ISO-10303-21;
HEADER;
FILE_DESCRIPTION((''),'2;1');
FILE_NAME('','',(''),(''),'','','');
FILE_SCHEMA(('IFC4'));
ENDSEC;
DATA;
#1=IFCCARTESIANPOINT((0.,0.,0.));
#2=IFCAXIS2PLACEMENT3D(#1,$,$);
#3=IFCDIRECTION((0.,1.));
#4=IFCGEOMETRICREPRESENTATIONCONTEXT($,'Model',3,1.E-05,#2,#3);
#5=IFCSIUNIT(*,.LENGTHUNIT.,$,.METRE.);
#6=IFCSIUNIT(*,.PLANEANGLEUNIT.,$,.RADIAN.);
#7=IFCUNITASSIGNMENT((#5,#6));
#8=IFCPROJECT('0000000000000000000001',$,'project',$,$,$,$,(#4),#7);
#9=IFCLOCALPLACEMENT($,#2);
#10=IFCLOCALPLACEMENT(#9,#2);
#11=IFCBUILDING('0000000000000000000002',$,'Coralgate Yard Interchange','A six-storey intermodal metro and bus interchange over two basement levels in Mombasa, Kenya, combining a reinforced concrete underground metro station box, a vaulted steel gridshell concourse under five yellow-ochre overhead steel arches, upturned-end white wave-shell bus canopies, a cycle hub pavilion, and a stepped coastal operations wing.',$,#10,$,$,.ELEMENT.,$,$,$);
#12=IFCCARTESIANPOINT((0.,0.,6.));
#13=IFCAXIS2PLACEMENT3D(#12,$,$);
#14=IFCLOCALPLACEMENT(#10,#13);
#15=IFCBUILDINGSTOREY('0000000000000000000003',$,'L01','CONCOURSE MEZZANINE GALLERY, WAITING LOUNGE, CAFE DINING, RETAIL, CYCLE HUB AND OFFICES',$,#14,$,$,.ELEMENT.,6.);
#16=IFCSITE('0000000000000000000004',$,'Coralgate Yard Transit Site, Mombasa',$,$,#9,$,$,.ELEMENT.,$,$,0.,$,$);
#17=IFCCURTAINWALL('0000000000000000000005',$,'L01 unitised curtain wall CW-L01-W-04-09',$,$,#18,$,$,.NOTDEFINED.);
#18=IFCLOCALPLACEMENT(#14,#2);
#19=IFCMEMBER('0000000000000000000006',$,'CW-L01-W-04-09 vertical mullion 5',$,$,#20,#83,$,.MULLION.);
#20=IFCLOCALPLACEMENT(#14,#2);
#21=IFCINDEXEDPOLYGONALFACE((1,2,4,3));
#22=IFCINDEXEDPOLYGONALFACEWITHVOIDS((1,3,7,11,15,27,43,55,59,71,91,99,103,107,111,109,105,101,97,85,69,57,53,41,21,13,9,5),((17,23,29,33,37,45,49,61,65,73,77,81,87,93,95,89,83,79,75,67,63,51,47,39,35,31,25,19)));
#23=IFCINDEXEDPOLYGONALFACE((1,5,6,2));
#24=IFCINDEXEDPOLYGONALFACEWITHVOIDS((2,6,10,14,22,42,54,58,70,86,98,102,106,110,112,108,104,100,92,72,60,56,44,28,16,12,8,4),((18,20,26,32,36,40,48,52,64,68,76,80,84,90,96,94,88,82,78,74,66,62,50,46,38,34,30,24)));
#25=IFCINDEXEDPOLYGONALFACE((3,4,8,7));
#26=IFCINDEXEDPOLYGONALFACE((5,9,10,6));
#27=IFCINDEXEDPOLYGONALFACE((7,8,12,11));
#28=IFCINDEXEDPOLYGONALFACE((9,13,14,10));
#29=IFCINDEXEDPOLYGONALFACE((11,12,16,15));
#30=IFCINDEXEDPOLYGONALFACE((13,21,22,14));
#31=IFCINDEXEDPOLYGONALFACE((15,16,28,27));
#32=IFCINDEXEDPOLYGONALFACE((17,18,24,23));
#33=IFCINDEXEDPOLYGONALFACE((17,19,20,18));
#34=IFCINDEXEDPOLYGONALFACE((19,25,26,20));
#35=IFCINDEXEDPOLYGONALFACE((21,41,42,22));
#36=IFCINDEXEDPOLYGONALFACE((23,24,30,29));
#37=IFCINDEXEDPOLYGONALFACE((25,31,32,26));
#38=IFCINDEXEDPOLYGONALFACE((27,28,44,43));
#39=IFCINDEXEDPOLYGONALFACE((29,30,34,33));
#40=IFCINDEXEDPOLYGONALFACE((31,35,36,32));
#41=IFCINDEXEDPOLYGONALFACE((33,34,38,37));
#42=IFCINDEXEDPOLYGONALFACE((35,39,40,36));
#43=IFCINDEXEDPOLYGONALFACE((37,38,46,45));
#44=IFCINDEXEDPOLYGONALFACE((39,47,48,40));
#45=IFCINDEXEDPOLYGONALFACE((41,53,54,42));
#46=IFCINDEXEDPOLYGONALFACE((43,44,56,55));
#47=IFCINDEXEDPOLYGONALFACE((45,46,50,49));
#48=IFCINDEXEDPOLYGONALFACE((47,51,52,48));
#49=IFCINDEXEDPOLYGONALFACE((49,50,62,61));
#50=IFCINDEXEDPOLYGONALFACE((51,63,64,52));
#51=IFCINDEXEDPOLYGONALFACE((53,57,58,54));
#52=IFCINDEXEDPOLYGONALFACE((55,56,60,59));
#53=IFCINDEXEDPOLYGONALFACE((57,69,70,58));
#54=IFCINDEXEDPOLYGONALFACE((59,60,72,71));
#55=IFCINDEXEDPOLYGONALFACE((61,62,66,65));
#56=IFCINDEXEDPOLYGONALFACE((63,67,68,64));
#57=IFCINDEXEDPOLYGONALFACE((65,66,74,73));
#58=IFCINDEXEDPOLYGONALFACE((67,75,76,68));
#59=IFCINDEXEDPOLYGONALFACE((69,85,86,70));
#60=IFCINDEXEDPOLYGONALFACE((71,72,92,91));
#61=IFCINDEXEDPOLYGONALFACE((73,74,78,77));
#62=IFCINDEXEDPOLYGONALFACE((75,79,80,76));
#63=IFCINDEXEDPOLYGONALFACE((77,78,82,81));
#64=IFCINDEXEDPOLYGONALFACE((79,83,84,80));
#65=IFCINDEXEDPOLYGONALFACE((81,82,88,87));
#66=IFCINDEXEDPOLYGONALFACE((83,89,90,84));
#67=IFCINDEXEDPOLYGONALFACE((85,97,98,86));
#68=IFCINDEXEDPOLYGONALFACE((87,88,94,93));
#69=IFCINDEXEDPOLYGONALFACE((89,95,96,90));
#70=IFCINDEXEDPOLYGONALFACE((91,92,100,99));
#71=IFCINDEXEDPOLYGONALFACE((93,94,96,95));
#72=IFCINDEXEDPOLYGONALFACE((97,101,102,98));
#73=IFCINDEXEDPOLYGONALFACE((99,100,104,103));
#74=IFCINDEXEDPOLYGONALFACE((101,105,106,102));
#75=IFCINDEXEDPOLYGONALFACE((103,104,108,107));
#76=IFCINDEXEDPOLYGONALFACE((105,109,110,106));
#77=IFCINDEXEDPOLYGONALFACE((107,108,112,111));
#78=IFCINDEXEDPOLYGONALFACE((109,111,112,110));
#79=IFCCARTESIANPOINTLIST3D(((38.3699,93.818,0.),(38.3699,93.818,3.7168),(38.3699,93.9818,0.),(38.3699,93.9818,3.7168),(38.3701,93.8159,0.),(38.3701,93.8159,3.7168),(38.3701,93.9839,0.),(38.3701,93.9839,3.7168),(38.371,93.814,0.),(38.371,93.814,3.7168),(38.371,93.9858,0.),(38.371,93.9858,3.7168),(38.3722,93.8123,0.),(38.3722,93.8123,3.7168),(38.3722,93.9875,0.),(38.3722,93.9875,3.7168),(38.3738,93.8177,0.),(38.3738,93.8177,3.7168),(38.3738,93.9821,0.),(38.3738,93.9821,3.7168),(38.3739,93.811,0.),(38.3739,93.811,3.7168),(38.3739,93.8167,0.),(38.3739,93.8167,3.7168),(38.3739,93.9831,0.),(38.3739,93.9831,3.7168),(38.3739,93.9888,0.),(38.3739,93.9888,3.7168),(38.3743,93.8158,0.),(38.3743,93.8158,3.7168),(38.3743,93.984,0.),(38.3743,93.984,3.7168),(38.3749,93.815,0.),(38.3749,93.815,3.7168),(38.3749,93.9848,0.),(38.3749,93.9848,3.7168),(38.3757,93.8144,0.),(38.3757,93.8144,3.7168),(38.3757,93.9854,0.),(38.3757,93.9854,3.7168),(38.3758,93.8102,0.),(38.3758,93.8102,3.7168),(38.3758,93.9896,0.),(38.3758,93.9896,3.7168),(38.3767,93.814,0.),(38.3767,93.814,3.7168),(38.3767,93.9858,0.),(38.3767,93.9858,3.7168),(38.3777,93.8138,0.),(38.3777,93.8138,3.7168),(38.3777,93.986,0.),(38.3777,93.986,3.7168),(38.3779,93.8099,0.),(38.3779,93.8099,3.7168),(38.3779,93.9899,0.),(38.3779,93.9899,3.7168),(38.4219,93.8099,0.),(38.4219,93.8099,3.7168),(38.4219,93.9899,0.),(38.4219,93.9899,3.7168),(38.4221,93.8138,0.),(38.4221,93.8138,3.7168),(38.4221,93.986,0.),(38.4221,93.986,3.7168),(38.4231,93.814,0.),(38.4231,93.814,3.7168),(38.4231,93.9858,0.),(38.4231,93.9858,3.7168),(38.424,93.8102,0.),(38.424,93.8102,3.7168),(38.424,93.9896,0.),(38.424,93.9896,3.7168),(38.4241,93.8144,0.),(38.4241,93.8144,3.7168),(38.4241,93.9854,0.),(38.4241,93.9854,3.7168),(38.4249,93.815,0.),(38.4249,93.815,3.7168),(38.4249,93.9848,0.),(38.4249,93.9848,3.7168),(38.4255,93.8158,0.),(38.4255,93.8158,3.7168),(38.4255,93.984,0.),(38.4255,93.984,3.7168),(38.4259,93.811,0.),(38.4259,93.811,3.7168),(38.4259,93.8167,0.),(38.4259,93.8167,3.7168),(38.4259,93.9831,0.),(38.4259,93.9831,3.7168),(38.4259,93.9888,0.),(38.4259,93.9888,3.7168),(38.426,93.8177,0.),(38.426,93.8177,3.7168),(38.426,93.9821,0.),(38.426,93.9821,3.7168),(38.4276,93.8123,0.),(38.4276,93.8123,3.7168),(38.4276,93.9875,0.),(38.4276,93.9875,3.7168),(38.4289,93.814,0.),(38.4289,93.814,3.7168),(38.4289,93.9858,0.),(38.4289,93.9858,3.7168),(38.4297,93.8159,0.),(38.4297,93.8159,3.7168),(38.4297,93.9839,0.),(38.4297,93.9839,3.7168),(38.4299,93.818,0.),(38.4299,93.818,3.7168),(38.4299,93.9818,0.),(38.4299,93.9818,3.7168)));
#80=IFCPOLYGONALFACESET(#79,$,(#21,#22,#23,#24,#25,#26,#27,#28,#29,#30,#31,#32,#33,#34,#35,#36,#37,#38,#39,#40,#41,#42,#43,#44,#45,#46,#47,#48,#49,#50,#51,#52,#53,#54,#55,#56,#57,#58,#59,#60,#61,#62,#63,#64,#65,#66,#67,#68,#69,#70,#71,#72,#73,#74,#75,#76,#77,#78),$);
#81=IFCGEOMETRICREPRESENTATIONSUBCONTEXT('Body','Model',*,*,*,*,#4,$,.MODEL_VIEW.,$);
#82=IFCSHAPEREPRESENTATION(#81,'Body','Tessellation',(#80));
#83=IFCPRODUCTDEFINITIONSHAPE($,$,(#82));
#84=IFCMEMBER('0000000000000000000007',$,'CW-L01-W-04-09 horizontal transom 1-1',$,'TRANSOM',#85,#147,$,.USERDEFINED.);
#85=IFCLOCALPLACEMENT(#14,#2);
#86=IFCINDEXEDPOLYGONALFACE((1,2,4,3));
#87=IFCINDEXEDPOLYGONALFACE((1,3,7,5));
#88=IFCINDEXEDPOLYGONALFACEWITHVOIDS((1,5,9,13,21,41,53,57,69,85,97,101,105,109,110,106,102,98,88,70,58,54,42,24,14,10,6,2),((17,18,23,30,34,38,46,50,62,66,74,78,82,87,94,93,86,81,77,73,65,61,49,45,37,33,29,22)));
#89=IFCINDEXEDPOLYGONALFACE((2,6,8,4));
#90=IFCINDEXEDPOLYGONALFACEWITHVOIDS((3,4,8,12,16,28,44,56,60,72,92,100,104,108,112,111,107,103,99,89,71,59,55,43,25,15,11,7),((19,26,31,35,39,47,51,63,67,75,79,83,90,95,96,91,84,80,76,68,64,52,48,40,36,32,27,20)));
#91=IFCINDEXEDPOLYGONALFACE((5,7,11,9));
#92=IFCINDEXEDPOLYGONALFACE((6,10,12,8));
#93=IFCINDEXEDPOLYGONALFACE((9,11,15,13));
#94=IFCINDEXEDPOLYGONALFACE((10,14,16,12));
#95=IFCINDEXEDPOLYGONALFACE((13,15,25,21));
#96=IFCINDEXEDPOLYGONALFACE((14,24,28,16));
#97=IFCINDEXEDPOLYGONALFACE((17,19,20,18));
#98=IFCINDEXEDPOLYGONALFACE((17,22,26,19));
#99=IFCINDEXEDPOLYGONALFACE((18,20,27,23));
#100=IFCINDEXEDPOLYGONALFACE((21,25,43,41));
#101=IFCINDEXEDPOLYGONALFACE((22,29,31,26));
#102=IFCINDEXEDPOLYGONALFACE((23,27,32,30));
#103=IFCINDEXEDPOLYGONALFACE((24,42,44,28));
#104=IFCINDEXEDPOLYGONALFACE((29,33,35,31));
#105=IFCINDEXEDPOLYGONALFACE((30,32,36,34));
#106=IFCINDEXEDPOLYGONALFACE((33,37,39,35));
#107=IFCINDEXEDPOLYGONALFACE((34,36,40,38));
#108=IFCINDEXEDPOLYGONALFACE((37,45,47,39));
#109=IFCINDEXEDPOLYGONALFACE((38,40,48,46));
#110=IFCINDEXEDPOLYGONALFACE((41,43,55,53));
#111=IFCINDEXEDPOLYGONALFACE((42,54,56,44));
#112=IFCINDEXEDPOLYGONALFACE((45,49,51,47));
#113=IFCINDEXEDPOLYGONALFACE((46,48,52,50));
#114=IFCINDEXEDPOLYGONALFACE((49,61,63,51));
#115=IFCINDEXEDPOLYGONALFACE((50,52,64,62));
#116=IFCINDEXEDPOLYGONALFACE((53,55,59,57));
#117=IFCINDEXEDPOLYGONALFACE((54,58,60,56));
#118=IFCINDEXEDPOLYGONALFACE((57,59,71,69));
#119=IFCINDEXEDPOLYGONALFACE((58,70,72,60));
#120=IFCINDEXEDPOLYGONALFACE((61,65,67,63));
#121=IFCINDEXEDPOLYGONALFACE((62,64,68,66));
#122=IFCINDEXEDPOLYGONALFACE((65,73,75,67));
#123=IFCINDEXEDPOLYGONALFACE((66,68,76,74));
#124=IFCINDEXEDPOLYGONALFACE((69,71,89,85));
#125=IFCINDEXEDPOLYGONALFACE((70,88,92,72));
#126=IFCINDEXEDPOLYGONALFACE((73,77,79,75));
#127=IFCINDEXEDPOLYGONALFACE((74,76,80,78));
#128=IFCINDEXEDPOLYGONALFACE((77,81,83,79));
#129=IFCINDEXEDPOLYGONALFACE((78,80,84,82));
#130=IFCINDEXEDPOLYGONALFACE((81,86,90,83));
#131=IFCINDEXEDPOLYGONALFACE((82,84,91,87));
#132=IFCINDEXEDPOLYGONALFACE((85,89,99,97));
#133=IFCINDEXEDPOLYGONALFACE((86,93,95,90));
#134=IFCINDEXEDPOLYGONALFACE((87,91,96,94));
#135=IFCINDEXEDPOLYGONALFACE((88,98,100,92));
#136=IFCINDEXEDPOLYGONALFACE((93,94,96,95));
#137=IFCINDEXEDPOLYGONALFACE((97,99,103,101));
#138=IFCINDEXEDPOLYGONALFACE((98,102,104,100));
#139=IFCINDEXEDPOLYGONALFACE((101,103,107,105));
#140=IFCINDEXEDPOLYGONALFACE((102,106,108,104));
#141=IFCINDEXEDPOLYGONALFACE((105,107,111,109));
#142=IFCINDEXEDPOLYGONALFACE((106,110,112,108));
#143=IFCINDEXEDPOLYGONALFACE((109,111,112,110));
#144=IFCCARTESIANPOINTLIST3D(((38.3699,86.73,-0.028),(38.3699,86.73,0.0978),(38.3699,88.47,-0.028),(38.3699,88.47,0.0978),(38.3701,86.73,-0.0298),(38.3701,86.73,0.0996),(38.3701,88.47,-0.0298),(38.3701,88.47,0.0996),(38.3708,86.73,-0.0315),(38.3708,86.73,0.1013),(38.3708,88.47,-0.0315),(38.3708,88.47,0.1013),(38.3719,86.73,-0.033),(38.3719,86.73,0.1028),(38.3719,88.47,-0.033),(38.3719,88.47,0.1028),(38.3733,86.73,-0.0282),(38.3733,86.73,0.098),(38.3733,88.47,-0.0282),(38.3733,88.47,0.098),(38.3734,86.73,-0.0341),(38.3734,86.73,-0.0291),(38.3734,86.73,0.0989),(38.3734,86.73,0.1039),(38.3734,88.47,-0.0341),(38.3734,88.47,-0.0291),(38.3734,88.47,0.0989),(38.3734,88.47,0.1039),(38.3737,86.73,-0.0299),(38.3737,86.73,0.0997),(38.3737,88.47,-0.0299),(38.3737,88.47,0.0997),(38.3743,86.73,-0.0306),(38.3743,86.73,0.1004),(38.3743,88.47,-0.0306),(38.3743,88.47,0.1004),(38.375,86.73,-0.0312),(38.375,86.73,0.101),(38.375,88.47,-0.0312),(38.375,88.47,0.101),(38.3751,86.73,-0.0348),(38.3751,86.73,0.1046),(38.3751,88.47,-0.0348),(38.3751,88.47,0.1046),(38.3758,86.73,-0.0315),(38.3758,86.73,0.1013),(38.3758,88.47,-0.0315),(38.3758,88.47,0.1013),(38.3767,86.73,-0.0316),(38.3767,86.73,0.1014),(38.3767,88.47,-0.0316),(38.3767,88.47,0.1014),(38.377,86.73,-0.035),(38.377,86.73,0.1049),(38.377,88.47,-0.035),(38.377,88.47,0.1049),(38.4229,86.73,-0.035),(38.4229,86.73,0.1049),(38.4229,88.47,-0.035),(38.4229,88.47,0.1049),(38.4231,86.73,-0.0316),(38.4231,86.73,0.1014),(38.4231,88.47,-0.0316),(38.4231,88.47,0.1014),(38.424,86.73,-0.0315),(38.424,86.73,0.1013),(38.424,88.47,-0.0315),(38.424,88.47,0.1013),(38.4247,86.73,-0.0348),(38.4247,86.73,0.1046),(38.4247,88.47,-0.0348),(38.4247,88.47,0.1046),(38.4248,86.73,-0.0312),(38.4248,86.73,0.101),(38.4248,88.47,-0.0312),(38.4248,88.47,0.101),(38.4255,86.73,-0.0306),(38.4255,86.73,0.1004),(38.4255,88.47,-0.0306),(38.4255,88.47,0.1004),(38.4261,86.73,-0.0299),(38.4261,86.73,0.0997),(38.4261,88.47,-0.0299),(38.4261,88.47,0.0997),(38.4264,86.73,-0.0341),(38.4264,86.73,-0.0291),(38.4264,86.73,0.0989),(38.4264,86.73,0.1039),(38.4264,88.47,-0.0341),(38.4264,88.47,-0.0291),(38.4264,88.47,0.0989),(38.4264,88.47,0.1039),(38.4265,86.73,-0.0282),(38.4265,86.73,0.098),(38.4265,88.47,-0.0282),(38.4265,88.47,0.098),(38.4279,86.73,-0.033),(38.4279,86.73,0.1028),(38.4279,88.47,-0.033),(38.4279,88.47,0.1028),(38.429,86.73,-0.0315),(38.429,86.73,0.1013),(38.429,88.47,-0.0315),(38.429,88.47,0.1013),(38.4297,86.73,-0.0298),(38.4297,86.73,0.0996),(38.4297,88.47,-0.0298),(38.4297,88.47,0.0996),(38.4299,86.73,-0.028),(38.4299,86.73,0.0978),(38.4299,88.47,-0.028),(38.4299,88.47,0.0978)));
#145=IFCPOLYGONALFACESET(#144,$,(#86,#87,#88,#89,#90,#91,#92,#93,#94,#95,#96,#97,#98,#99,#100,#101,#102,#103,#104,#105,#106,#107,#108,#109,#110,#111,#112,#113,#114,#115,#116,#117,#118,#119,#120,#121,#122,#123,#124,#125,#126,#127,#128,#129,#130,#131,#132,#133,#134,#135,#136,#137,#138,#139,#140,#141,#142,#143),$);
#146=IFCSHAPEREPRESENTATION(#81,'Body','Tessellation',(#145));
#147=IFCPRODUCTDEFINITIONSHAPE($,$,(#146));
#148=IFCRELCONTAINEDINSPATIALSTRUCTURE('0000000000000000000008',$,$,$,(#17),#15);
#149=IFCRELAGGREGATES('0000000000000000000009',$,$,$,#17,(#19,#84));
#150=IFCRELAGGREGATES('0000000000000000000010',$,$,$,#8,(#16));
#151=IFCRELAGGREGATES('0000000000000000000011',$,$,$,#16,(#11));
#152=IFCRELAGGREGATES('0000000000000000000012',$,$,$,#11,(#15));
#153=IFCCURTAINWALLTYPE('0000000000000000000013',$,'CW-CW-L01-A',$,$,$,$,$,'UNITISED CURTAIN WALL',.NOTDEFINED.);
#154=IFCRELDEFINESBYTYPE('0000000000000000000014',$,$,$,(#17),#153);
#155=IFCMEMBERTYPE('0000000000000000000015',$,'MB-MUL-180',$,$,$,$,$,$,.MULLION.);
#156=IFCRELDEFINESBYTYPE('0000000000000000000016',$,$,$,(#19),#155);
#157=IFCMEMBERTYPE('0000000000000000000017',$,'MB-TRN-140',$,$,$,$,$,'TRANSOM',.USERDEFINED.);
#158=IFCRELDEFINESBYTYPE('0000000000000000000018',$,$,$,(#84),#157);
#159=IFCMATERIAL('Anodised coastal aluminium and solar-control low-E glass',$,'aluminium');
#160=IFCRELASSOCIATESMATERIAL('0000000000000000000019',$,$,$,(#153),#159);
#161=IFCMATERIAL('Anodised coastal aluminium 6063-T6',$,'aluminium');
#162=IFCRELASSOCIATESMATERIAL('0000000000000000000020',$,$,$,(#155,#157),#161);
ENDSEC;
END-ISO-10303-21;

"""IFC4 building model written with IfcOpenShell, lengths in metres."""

from ifc_helpers import new_model, si_unit, direction, frame, origin, origin_2d, place, context, subcontext, project, spatial, hollow_rectangle, extrude, material, material_profile, profile_set, type_object, element, aggregate, save


model = new_model("IFC4")

# Units and contexts
model_context = context("Model", 3, precision=1e-05, world=origin(), true_north=direction((0.0, 1.0)))
body_context = subcontext(model_context, "Body", "Model", "MODEL_VIEW")
ifc_project = project(units=[si_unit("LENGTHUNIT", "METRE"), si_unit("PLANEANGLEUNIT", "RADIAN")], contexts=[model_context])

# Site, building, storey
site_placement = place(None, origin())
site = spatial("IfcSite", under=ifc_project, at=site_placement, Name="Coralgate Yard Transit Site, Mombasa", CompositionType="ELEMENT", RefElevation=0.0)
building_placement = place(site_placement, origin())
building = spatial("IfcBuilding", under=site, at=building_placement, Name="Coralgate Yard Interchange", Description="A six-storey intermodal metro and bus interchange over two basement levels in Mombasa, Kenya, combining a reinforced concrete underground metro station box, a vaulted steel gridshell concourse under five yellow-ochre overhead steel arches, upturned-end white wave-shell bus canopies, a cycle hub pavilion, and a stepped coastal operations wing.", CompositionType="ELEMENT")
storey_placement = place(building_placement, frame((0.0, 0.0, 6.0)))
storey = spatial("IfcBuildingStorey", under=building, at=storey_placement, Name="L01", Description="CONCOURSE MEZZANINE GALLERY, WAITING LOUNGE, CAFE DINING, RETAIL, CYCLE HUB AND OFFICES", CompositionType="ELEMENT", Elevation=6.0)

# Curtain wall, members
ifc_material_1 = material(Name="Anodised coastal aluminium and solar-control low-E glass", Category="aluminium")
curtain_wall_type = type_object("IfcCurtainWallType", Name="CW-CW-L01-A", ElementType="UNITISED CURTAIN WALL", PredefinedType="NOTDEFINED", material=ifc_material_1)
curtain_wall_placement = place(storey_placement, origin())
curtain_wall = element("IfcCurtainWall", 1, at=curtain_wall_placement, inside=storey, type_object=curtain_wall_type, Name="L01 unitised curtain wall CW-L01-W-04-09", PredefinedType="NOTDEFINED")
ifc_material_2 = material(Name="Anodised coastal aluminium 6063-T6", Category="aluminium")
ifc_material_profile_1 = material_profile(ifc_material_2, hollow_rectangle(XDim=0.0601, YDim=0.1799, WallThickness=0.0039, InnerFilletRadius=0.0039, OuterFilletRadius=0.0081, at=origin_2d()), Name="ALU 60x180x4")
ifc_profile_set_1 = profile_set([ifc_material_profile_1], Name="Anodised coastal aluminium 6063-T6")
member_type_1 = type_object("IfcMemberType", Name="MB-MUL-180", PredefinedType="MULLION", material=ifc_profile_set_1)
member_1_placement = place(storey_placement, frame((38.3999, 93.8999, 0.0), z_axis=(0.0, 0.0, 1.0), x_axis=(1.0, 0.0, 0.0)))
member_1 = element("IfcMember", 2, at=member_1_placement, type_object=member_type_1, Name="CW-L01-W-04-09 vertical mullion 5", PredefinedType="MULLION", context=body_context, shape_type="SweptSolid", body=[
    extrude(hollow_rectangle(XDim=0.0601, YDim=0.1799, WallThickness=0.0039, InnerFilletRadius=0.0039, OuterFilletRadius=0.0081, at=origin_2d()), origin(), (0.0, 0.0, 1.0), 3.7168),
])
ifc_material_profile_2 = material_profile(ifc_material_2, hollow_rectangle(XDim=0.0601, YDim=0.1399, WallThickness=0.0034, InnerFilletRadius=0.0034, OuterFilletRadius=0.0071, at=origin_2d()), Name="ALU 60x140x3.5")
ifc_profile_set_2 = profile_set([ifc_material_profile_2], Name="Anodised coastal aluminium 6063-T6")
member_type_2 = type_object("IfcMemberType", Name="MB-TRN-140", ElementType="TRANSOM", PredefinedType="USERDEFINED", material=ifc_profile_set_2)
member_2_placement = place(storey_placement, frame((38.3999, 86.73, 0.0349), z_axis=(0.0, 1.0, 0.0), x_axis=(-1.0, 0.0, 0.0)))
member_2 = element("IfcMember", 3, at=member_2_placement, type_object=member_type_2, Name="CW-L01-W-04-09 horizontal transom 1-1", ObjectType="TRANSOM", PredefinedType="USERDEFINED", context=body_context, shape_type="SweptSolid", body=[
    extrude(hollow_rectangle(XDim=0.0601, YDim=0.1399, WallThickness=0.0034, InnerFilletRadius=0.0034, OuterFilletRadius=0.0071, at=origin_2d()), origin(), (0.0, 0.0, 1.0), 1.74),
])
aggregate(curtain_wall, [member_1, member_2])

save(model, "model.ifc")
